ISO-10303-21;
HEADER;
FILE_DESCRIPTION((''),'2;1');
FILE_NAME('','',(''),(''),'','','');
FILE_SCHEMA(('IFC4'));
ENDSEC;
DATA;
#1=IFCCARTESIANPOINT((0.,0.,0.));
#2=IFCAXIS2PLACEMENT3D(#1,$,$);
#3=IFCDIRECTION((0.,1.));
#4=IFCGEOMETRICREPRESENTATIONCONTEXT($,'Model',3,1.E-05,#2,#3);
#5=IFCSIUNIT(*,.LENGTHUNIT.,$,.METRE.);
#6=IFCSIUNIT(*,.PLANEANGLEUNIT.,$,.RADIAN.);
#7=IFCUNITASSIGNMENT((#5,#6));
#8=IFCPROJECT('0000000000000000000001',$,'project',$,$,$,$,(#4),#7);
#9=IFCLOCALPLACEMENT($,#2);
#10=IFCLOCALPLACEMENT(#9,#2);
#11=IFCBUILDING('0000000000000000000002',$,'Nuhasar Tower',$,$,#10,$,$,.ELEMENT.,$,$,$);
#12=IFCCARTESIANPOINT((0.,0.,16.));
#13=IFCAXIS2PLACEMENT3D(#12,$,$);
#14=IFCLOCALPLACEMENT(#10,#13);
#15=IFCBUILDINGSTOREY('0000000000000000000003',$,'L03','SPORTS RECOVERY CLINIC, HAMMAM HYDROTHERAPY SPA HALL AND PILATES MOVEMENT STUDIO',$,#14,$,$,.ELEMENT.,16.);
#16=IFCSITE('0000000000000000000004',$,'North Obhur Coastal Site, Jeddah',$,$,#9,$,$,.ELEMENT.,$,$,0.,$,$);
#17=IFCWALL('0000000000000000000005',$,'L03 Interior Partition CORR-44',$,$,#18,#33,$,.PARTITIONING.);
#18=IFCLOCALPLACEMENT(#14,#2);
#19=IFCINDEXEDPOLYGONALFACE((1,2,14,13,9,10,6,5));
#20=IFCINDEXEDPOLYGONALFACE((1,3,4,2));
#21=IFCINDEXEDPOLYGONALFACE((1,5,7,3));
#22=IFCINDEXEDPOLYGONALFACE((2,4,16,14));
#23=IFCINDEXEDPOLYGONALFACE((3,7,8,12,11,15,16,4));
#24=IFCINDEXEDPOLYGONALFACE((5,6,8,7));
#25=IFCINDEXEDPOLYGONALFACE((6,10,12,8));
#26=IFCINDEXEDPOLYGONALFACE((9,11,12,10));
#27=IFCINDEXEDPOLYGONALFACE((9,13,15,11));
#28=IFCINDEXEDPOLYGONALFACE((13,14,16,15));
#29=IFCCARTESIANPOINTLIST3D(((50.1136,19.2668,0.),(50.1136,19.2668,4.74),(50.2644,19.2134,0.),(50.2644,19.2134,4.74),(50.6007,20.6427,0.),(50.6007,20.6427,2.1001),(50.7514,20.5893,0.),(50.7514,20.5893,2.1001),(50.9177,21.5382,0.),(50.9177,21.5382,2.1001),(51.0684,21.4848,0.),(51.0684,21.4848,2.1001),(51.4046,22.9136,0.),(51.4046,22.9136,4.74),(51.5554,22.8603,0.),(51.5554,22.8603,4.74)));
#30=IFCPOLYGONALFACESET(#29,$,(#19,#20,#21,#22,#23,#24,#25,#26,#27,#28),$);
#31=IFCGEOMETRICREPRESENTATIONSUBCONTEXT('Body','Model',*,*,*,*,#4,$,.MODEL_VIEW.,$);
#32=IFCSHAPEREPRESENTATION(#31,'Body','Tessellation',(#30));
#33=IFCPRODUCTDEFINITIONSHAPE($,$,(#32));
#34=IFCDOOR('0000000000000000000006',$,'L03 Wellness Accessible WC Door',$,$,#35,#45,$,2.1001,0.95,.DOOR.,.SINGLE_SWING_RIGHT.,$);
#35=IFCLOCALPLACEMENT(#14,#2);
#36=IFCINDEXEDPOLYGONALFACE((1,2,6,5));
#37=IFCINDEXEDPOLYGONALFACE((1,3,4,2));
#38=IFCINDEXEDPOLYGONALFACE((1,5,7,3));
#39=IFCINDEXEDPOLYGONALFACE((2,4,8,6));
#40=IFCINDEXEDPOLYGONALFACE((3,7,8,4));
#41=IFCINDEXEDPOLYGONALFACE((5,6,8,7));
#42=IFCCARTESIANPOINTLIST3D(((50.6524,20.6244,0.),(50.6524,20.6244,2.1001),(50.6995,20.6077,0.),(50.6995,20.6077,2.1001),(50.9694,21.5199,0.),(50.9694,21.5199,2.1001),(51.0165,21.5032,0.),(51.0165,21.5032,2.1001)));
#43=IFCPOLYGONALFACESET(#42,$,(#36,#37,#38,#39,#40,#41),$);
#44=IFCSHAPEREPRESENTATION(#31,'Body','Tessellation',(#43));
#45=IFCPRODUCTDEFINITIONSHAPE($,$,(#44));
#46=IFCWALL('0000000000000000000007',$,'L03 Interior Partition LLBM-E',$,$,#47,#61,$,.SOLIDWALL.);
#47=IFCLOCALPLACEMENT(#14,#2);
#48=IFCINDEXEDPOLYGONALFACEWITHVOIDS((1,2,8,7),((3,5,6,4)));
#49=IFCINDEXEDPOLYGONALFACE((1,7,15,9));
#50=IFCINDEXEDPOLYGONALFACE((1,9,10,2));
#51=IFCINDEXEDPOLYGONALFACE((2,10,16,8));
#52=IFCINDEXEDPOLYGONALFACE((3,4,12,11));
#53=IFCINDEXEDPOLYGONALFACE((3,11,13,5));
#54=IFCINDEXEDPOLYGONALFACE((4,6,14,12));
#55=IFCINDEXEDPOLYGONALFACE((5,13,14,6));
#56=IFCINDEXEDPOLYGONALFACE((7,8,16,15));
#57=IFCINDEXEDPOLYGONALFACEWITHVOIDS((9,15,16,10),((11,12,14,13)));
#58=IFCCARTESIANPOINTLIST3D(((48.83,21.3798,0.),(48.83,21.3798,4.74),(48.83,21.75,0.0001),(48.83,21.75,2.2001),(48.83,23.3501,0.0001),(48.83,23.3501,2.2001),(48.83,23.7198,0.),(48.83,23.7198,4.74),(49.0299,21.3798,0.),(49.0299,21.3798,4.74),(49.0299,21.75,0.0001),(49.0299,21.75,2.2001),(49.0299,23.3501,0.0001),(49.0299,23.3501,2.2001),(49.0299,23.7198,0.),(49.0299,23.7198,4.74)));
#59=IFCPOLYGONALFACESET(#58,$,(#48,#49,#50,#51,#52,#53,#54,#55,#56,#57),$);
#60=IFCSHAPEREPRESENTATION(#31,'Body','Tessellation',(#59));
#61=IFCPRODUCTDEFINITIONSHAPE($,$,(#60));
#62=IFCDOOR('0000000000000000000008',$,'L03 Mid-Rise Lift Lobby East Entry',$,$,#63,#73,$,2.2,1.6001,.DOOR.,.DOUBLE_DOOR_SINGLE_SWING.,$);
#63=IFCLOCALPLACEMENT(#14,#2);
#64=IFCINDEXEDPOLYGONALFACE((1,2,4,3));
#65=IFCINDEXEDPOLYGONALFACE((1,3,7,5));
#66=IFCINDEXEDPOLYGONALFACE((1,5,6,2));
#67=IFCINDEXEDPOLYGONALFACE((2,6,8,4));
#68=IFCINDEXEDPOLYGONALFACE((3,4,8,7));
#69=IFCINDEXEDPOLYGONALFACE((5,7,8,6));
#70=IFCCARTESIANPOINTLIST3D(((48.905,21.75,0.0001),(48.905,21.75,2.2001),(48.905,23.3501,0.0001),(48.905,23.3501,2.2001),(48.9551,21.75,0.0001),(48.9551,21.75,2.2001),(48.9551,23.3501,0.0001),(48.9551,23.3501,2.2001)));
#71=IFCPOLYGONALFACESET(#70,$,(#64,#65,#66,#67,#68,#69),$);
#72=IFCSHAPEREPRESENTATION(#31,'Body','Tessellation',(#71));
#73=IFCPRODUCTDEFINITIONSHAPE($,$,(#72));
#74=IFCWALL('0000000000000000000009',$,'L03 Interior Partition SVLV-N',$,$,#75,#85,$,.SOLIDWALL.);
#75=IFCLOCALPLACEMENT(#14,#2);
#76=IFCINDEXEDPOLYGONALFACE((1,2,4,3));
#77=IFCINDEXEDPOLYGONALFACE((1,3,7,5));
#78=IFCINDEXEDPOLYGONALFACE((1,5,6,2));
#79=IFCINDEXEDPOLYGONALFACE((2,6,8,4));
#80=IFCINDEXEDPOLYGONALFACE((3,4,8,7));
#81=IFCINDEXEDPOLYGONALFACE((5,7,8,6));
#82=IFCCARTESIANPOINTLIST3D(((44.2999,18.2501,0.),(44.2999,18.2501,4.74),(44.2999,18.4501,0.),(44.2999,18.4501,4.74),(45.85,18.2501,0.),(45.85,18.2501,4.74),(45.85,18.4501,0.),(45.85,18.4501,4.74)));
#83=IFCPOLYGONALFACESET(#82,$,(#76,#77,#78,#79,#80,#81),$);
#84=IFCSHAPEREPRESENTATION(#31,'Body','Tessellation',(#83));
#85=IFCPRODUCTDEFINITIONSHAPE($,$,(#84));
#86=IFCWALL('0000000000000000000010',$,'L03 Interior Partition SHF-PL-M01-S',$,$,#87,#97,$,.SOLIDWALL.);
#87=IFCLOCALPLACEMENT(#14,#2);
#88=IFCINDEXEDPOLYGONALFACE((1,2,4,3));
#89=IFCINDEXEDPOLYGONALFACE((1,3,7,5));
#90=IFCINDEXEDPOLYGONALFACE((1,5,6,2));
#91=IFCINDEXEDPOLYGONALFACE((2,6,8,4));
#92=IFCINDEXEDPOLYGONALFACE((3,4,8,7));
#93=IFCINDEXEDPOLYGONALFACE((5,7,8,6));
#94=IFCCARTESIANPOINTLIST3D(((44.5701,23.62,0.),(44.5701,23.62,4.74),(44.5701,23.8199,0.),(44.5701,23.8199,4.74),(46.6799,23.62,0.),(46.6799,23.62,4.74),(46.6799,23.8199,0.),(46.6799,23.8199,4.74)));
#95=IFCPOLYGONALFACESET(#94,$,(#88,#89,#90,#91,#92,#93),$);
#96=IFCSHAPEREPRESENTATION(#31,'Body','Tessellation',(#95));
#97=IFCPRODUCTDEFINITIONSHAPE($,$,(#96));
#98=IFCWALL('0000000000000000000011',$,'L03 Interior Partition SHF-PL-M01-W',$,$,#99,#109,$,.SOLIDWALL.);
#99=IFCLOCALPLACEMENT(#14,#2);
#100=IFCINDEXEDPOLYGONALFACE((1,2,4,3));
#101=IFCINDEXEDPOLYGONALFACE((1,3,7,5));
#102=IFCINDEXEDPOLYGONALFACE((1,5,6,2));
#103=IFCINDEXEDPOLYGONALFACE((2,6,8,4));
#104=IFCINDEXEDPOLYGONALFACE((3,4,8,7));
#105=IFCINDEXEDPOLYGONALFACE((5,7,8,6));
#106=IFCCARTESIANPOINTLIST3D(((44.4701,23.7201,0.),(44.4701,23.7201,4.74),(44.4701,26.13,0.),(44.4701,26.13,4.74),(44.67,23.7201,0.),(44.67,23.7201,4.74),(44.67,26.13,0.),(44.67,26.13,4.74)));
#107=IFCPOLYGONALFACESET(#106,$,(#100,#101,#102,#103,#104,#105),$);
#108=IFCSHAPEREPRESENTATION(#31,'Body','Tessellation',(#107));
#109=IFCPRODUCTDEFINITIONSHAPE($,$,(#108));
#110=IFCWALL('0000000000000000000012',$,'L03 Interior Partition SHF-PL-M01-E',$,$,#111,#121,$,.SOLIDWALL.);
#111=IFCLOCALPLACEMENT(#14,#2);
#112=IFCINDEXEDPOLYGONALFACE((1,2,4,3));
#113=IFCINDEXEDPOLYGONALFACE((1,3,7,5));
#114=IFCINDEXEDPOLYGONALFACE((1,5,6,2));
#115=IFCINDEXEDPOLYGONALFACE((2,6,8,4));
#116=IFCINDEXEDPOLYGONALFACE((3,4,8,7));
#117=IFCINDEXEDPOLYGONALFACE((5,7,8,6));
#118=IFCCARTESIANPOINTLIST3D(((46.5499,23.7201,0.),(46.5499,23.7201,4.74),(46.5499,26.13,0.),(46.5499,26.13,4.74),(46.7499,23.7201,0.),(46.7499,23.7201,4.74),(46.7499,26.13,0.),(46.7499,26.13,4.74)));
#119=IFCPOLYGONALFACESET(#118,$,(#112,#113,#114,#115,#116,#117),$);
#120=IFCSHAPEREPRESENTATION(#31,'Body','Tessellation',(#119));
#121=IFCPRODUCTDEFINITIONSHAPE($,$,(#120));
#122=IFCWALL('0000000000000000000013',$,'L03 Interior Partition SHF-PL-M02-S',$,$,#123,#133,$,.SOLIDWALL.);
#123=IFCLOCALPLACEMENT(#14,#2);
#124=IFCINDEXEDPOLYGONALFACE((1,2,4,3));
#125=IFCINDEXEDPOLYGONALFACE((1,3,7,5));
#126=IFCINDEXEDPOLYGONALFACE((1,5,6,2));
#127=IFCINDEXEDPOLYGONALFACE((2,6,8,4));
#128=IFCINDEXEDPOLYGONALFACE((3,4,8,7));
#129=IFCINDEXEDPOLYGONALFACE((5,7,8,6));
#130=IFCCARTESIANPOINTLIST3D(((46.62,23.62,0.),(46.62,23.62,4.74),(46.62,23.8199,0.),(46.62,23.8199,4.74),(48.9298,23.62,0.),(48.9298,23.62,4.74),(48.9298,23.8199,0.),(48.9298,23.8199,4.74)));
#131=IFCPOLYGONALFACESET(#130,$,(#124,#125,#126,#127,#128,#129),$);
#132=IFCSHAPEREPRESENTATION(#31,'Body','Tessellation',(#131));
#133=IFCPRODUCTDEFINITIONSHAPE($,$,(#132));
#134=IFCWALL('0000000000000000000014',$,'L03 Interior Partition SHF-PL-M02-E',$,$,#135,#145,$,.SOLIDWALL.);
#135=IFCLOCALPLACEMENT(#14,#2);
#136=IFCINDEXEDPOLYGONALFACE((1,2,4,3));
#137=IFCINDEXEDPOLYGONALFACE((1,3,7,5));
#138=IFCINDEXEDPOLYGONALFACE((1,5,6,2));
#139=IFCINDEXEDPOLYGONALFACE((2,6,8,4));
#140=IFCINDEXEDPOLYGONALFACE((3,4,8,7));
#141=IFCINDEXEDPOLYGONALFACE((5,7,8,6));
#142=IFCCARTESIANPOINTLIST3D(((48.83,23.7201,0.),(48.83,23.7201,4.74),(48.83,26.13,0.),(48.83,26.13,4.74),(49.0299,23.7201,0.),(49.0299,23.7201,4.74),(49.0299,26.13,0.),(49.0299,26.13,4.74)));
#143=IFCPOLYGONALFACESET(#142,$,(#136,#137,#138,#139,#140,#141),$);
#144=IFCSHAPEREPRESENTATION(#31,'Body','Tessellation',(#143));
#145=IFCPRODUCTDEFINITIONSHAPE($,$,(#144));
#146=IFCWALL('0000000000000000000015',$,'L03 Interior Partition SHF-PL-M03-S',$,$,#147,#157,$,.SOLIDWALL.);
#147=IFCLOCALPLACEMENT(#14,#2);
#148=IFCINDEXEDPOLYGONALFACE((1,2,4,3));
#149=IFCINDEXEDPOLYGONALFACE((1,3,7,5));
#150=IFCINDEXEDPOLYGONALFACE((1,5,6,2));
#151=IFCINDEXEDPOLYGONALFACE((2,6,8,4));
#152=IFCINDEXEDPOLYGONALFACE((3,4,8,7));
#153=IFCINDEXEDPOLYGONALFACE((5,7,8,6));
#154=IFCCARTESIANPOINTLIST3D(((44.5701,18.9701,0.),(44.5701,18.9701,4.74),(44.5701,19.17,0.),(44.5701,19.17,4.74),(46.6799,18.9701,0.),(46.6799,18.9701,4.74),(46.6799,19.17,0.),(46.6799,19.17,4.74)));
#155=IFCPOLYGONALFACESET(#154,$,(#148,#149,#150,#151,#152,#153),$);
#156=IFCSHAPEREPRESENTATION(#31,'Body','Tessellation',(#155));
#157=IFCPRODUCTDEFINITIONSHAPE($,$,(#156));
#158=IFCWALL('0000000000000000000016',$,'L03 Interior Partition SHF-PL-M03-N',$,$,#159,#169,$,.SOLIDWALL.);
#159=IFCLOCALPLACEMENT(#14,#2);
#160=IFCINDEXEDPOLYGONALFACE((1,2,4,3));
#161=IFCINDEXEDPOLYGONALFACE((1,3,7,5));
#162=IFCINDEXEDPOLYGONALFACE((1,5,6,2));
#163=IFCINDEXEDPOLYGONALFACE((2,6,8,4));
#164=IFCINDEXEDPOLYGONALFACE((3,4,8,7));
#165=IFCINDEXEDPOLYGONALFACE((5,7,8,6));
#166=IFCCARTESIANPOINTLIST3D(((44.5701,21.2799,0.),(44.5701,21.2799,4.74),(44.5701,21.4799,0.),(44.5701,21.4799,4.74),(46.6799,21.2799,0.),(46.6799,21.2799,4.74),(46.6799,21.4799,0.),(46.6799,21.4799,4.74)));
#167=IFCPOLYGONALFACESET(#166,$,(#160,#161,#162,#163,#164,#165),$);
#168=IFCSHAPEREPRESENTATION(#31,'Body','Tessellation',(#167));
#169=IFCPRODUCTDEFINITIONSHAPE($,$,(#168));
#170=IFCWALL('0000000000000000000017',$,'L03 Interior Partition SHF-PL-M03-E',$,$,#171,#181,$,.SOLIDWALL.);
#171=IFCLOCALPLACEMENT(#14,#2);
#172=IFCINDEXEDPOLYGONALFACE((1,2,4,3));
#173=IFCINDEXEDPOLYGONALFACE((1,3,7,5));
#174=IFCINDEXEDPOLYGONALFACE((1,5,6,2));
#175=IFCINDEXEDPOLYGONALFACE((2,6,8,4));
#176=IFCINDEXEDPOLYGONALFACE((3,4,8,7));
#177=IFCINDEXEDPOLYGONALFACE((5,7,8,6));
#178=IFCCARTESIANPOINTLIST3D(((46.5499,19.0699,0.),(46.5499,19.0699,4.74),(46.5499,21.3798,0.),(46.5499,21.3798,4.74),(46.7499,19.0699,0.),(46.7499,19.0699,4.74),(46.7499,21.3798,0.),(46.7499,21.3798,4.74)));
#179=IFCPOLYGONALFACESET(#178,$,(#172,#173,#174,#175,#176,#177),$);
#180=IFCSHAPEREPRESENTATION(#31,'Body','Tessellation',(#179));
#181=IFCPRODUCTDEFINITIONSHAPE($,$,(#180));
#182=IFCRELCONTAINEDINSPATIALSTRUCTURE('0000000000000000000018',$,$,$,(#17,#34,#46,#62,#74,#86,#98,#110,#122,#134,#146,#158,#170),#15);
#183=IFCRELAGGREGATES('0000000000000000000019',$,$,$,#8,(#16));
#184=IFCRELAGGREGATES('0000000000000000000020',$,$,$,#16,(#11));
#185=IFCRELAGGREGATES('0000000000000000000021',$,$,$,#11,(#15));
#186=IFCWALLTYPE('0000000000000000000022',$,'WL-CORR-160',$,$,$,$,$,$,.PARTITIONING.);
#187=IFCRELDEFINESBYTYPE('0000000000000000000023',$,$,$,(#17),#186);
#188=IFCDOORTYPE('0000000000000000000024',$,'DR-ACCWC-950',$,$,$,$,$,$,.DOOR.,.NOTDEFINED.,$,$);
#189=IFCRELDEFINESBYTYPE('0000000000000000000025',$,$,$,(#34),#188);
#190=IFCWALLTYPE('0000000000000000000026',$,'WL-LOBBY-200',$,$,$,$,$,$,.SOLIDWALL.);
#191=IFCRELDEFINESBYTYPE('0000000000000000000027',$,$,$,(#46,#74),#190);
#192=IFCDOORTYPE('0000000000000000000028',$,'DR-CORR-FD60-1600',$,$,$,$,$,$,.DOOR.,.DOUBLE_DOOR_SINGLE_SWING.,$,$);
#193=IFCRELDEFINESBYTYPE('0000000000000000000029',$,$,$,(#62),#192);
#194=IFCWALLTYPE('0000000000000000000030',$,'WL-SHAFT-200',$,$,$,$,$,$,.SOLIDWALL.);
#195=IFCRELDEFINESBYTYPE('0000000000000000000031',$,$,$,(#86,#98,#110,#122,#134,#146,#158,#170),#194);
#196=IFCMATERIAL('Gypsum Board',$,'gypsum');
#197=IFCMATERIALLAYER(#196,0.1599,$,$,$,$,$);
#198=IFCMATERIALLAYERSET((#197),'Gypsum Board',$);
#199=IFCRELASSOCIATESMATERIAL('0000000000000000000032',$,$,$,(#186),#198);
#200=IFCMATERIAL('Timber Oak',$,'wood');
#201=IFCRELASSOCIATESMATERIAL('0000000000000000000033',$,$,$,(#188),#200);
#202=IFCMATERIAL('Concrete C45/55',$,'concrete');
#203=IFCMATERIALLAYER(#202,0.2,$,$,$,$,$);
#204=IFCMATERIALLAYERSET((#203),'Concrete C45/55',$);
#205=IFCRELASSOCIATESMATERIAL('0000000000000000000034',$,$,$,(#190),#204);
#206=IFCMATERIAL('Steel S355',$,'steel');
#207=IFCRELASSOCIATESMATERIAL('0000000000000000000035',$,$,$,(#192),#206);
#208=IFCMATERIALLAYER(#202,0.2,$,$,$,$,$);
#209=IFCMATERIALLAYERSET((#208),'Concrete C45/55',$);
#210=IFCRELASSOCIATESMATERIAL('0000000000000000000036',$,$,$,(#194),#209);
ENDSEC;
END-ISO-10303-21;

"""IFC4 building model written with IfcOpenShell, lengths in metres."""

from ifc_helpers import new_model, si_unit, direction, frame, frame_2d, origin, place, context, subcontext, project, spatial, rectangle, extrude, material, layer, layer_set, type_object, element, fill, save


model = new_model("IFC4")

# Units and contexts
model_context = context("Model", 3, precision=1e-05, world=origin(), true_north=direction((0.0, 1.0)))
body_context = subcontext(model_context, "Body", "Model", "MODEL_VIEW")
ifc_project = project(units=[si_unit("LENGTHUNIT", "METRE"), si_unit("PLANEANGLEUNIT", "RADIAN")], contexts=[model_context])

# Site, building, storey
site_placement = place(None, origin())
site = spatial("IfcSite", under=ifc_project, at=site_placement, Name="North Obhur Coastal Site, Jeddah", CompositionType="ELEMENT", RefElevation=0.0)
building_placement = place(site_placement, origin())
building = spatial("IfcBuilding", under=site, at=building_placement, Name="Nuhasar Tower", CompositionType="ELEMENT")
storey_placement = place(building_placement, frame((0.0, 0.0, 16.0)))
storey = spatial("IfcBuildingStorey", under=building, at=storey_placement, Name="L03", Description="SPORTS RECOVERY CLINIC, HAMMAM HYDROTHERAPY SPA HALL AND PILATES MOVEMENT STUDIO", CompositionType="ELEMENT", Elevation=16.0)

# Shared definitions
ifc_material_1 = material(Name="Steel S355", Category="steel")

# Walls, openings, doors
ifc_material_2 = material(Name="Gypsum Board", Category="gypsum")
ifc_layer_1 = layer(ifc_material_2, 0.1599)
ifc_layer_set_1 = layer_set([ifc_layer_1], Name="Gypsum Board")
wall_type_1 = type_object("IfcWallType", Name="WL-CORR-160", PredefinedType="PARTITIONING", material=ifc_layer_set_1)
ifc_material_3 = material(Name="Timber Oak", Category="wood")
wall_1_placement = place(storey_placement, frame((51.48, 22.887, 0.0), z_axis=(0.0, 0.0, 1.0), x_axis=(-0.333705, -0.942678, 0.0)))
wall_1 = element("IfcWall", 1, at=wall_1_placement, inside=storey, type_object=wall_type_1, Name="L03 Interior Partition CORR-44", PredefinedType="PARTITIONING", context=body_context, shape_type="SweptSolid", body=[
    extrude(rectangle(XDim=3.8687, YDim=0.1599, at=frame_2d((1.9343, 0.0))), origin(), (0.0, 0.0, 1.0), 4.74),
])
opening_1_placement = place(wall_1_placement, frame((1.459, 0.0, 0.0)))
opening_1 = element("IfcOpeningElement", 2, at=opening_1_placement, cuts=wall_1, PredefinedType="OPENING", context=body_context, shape_type="SweptSolid", body=[
    extrude(rectangle(XDim=0.95, YDim=2.1001, at=frame_2d((0.4751, 1.05))), frame((0.0, 0.0898, 0.0), z_axis=(0.0, -1.0, 0.0), x_axis=(1.0, 0.0, 0.0)), (0.0, 0.0, 1.0), 0.1799),
])
door_type_1 = type_object("IfcDoorType", Name="DR-ACCWC-950", OperationType="NOTDEFINED", PredefinedType="DOOR", material=ifc_material_3)
door_1_placement = place(opening_1_placement, origin())
door_1 = element("IfcDoor", 3, at=door_1_placement, inside=storey, type_object=door_type_1, Name="L03 Wellness Accessible WC Door", OperationType="SINGLE_SWING_RIGHT", OverallHeight=2.1001, OverallWidth=0.95, PredefinedType="DOOR", context=body_context, shape_type="SweptSolid", body=[
    extrude(rectangle(XDim=0.95, YDim=2.1001, at=frame_2d((0.4751, 1.05))), frame((0.0, 0.0249, 0.0), z_axis=(0.0, -1.0, 0.0), x_axis=(1.0, 0.0, 0.0)), (0.0, 0.0, 1.0), 0.05),
])
fill(opening_1, door_1)
ifc_material_4 = material(Name="Concrete C45/55", Category="concrete")
ifc_layer_2 = layer(ifc_material_4, 0.2)
ifc_layer_set_2 = layer_set([ifc_layer_2], Name="Concrete C45/55")
wall_type_2 = type_object("IfcWallType", Name="WL-LOBBY-200", PredefinedType="SOLIDWALL", material=ifc_layer_set_2)
wall_2_placement = place(storey_placement, frame((48.9299, 21.3799, 0.0), z_axis=(0.0, 0.0, 1.0), x_axis=(0.0, 1.0, 0.0)))
wall_2 = element("IfcWall", 4, at=wall_2_placement, inside=storey, type_object=wall_type_2, Name="L03 Interior Partition LLBM-E", PredefinedType="SOLIDWALL", context=body_context, shape_type="SweptSolid", body=[
    extrude(rectangle(XDim=2.3401, YDim=0.2, at=frame_2d((1.1699, 0.0))), origin(), (0.0, 0.0, 1.0), 4.74),
])
opening_2_placement = place(wall_2_placement, frame((0.3701, 0.0, 0.0)))
opening_2 = element("IfcOpeningElement", 5, at=opening_2_placement, cuts=wall_2, PredefinedType="OPENING", context=body_context, shape_type="SweptSolid", body=[
    extrude(rectangle(XDim=1.6001, YDim=2.2, at=frame_2d((0.8, 1.1001))), frame((0.0, 0.1099, 0.0), z_axis=(0.0, -1.0, 0.0), x_axis=(1.0, 0.0, 0.0)), (0.0, 0.0, 1.0), 0.22),
])
door_type_2 = type_object("IfcDoorType", Name="DR-CORR-FD60-1600", OperationType="DOUBLE_DOOR_SINGLE_SWING", PredefinedType="DOOR", material=ifc_material_1)
door_2_placement = place(opening_2_placement, origin())
door_2 = element("IfcDoor", 6, at=door_2_placement, inside=storey, type_object=door_type_2, Name="L03 Mid-Rise Lift Lobby East Entry", OperationType="DOUBLE_DOOR_SINGLE_SWING", OverallHeight=2.2, OverallWidth=1.6001, PredefinedType="DOOR", context=body_context, shape_type="SweptSolid", body=[
    extrude(rectangle(XDim=1.6001, YDim=2.2, at=frame_2d((0.8, 1.1001))), frame((0.0, 0.0249, 0.0), z_axis=(0.0, -1.0, 0.0), x_axis=(1.0, 0.0, 0.0)), (0.0, 0.0, 1.0), 0.05),
])
fill(opening_2, door_2)

# Walls
wall_3_placement = place(storey_placement, frame((44.3, 18.3501, 0.0), z_axis=(0.0, 0.0, 1.0), x_axis=(1.0, 0.0, 0.0)))
element("IfcWall", 7, at=wall_3_placement, inside=storey, type_object=wall_type_2, Name="L03 Interior Partition SVLV-N", PredefinedType="SOLIDWALL", context=body_context, shape_type="SweptSolid", body=[
    extrude(rectangle(XDim=1.55, YDim=0.2, at=frame_2d((0.7749, 0.0))), origin(), (0.0, 0.0, 1.0), 4.74),
])
ifc_layer_3 = layer(ifc_material_4, 0.2)
ifc_layer_set_3 = layer_set([ifc_layer_3], Name="Concrete C45/55")
wall_type_3 = type_object("IfcWallType", Name="WL-SHAFT-200", PredefinedType="SOLIDWALL", material=ifc_layer_set_3)
wall_4_placement = place(storey_placement, frame((44.5701, 23.72, 0.0), z_axis=(0.0, 0.0, 1.0), x_axis=(1.0, 0.0, 0.0)))
element("IfcWall", 8, at=wall_4_placement, inside=storey, type_object=wall_type_3, Name="L03 Interior Partition SHF-PL-M01-S", PredefinedType="SOLIDWALL", context=body_context, shape_type="SweptSolid", body=[
    extrude(rectangle(XDim=2.1099, YDim=0.2, at=frame_2d((1.0549, 0.0))), origin(), (0.0, 0.0, 1.0), 4.74),
])
for number, where, z_axis, x_axis, name in (
    (9, (44.5701, 23.72, 0.0), (0.0, 0.0, 1.0), (0.0, 1.0, 0.0), "L03 Interior Partition SHF-PL-M01-W"),
    (10, (46.6499, 23.72, 0.0), (0.0, 0.0, 1.0), (0.0, 1.0, 0.0), "L03 Interior Partition SHF-PL-M01-E"),
):
    element("IfcWall", number, at=place(storey_placement, frame(where, z_axis=z_axis, x_axis=x_axis)), inside=storey, type_object=wall_type_3, Name=name, PredefinedType="SOLIDWALL", context=body_context, shape_type="SweptSolid", body=[
        extrude(rectangle(XDim=2.4099, YDim=0.2, at=frame_2d((1.2051, 0.0))), origin(), (0.0, 0.0, 1.0), 4.74),
    ])
wall_5_placement = place(storey_placement, frame((46.6201, 23.72, 0.0), z_axis=(0.0, 0.0, 1.0), x_axis=(1.0, 0.0, 0.0)))
element("IfcWall", 11, at=wall_5_placement, inside=storey, type_object=wall_type_3, Name="L03 Interior Partition SHF-PL-M02-S", PredefinedType="SOLIDWALL", context=body_context, shape_type="SweptSolid", body=[
    extrude(rectangle(XDim=2.3098, YDim=0.2, at=frame_2d((1.1548, 0.0))), origin(), (0.0, 0.0, 1.0), 4.74),
])
wall_6_placement = place(storey_placement, frame((48.9299, 23.72, 0.0), z_axis=(0.0, 0.0, 1.0), x_axis=(0.0, 1.0, 0.0)))
element("IfcWall", 12, at=wall_6_placement, inside=storey, type_object=wall_type_3, Name="L03 Interior Partition SHF-PL-M02-E", PredefinedType="SOLIDWALL", context=body_context, shape_type="SweptSolid", body=[
    extrude(rectangle(XDim=2.4099, YDim=0.2, at=frame_2d((1.2051, 0.0))), origin(), (0.0, 0.0, 1.0), 4.74),
])
for number, where, z_axis, x_axis, name in (
    (13, (44.5701, 19.0701, 0.0), (0.0, 0.0, 1.0), (1.0, 0.0, 0.0), "L03 Interior Partition SHF-PL-M03-S"),
    (14, (44.5701, 21.3799, 0.0), (0.0, 0.0, 1.0), (1.0, 0.0, 0.0), "L03 Interior Partition SHF-PL-M03-N"),
):
    element("IfcWall", number, at=place(storey_placement, frame(where, z_axis=z_axis, x_axis=x_axis)), inside=storey, type_object=wall_type_3, Name=name, PredefinedType="SOLIDWALL", context=body_context, shape_type="SweptSolid", body=[
        extrude(rectangle(XDim=2.1099, YDim=0.2, at=frame_2d((1.0549, 0.0))), origin(), (0.0, 0.0, 1.0), 4.74),
    ])
for number, where, z_axis, x_axis, name in (
    (15, (46.6499, 19.0701, 0.0), (0.0, 0.0, 1.0), (0.0, 1.0, 0.0), "L03 Interior Partition SHF-PL-M03-E"),
):
    element("IfcWall", number, at=place(storey_placement, frame(where, z_axis=z_axis, x_axis=x_axis)), inside=storey, type_object=wall_type_3, Name=name, PredefinedType="SOLIDWALL", context=body_context, shape_type="SweptSolid", body=[
        extrude(rectangle(XDim=2.3098, YDim=0.2, at=frame_2d((1.1548, 0.0))), origin(), (0.0, 0.0, 1.0), 4.74),
    ])

save(model, "model.ifc")
